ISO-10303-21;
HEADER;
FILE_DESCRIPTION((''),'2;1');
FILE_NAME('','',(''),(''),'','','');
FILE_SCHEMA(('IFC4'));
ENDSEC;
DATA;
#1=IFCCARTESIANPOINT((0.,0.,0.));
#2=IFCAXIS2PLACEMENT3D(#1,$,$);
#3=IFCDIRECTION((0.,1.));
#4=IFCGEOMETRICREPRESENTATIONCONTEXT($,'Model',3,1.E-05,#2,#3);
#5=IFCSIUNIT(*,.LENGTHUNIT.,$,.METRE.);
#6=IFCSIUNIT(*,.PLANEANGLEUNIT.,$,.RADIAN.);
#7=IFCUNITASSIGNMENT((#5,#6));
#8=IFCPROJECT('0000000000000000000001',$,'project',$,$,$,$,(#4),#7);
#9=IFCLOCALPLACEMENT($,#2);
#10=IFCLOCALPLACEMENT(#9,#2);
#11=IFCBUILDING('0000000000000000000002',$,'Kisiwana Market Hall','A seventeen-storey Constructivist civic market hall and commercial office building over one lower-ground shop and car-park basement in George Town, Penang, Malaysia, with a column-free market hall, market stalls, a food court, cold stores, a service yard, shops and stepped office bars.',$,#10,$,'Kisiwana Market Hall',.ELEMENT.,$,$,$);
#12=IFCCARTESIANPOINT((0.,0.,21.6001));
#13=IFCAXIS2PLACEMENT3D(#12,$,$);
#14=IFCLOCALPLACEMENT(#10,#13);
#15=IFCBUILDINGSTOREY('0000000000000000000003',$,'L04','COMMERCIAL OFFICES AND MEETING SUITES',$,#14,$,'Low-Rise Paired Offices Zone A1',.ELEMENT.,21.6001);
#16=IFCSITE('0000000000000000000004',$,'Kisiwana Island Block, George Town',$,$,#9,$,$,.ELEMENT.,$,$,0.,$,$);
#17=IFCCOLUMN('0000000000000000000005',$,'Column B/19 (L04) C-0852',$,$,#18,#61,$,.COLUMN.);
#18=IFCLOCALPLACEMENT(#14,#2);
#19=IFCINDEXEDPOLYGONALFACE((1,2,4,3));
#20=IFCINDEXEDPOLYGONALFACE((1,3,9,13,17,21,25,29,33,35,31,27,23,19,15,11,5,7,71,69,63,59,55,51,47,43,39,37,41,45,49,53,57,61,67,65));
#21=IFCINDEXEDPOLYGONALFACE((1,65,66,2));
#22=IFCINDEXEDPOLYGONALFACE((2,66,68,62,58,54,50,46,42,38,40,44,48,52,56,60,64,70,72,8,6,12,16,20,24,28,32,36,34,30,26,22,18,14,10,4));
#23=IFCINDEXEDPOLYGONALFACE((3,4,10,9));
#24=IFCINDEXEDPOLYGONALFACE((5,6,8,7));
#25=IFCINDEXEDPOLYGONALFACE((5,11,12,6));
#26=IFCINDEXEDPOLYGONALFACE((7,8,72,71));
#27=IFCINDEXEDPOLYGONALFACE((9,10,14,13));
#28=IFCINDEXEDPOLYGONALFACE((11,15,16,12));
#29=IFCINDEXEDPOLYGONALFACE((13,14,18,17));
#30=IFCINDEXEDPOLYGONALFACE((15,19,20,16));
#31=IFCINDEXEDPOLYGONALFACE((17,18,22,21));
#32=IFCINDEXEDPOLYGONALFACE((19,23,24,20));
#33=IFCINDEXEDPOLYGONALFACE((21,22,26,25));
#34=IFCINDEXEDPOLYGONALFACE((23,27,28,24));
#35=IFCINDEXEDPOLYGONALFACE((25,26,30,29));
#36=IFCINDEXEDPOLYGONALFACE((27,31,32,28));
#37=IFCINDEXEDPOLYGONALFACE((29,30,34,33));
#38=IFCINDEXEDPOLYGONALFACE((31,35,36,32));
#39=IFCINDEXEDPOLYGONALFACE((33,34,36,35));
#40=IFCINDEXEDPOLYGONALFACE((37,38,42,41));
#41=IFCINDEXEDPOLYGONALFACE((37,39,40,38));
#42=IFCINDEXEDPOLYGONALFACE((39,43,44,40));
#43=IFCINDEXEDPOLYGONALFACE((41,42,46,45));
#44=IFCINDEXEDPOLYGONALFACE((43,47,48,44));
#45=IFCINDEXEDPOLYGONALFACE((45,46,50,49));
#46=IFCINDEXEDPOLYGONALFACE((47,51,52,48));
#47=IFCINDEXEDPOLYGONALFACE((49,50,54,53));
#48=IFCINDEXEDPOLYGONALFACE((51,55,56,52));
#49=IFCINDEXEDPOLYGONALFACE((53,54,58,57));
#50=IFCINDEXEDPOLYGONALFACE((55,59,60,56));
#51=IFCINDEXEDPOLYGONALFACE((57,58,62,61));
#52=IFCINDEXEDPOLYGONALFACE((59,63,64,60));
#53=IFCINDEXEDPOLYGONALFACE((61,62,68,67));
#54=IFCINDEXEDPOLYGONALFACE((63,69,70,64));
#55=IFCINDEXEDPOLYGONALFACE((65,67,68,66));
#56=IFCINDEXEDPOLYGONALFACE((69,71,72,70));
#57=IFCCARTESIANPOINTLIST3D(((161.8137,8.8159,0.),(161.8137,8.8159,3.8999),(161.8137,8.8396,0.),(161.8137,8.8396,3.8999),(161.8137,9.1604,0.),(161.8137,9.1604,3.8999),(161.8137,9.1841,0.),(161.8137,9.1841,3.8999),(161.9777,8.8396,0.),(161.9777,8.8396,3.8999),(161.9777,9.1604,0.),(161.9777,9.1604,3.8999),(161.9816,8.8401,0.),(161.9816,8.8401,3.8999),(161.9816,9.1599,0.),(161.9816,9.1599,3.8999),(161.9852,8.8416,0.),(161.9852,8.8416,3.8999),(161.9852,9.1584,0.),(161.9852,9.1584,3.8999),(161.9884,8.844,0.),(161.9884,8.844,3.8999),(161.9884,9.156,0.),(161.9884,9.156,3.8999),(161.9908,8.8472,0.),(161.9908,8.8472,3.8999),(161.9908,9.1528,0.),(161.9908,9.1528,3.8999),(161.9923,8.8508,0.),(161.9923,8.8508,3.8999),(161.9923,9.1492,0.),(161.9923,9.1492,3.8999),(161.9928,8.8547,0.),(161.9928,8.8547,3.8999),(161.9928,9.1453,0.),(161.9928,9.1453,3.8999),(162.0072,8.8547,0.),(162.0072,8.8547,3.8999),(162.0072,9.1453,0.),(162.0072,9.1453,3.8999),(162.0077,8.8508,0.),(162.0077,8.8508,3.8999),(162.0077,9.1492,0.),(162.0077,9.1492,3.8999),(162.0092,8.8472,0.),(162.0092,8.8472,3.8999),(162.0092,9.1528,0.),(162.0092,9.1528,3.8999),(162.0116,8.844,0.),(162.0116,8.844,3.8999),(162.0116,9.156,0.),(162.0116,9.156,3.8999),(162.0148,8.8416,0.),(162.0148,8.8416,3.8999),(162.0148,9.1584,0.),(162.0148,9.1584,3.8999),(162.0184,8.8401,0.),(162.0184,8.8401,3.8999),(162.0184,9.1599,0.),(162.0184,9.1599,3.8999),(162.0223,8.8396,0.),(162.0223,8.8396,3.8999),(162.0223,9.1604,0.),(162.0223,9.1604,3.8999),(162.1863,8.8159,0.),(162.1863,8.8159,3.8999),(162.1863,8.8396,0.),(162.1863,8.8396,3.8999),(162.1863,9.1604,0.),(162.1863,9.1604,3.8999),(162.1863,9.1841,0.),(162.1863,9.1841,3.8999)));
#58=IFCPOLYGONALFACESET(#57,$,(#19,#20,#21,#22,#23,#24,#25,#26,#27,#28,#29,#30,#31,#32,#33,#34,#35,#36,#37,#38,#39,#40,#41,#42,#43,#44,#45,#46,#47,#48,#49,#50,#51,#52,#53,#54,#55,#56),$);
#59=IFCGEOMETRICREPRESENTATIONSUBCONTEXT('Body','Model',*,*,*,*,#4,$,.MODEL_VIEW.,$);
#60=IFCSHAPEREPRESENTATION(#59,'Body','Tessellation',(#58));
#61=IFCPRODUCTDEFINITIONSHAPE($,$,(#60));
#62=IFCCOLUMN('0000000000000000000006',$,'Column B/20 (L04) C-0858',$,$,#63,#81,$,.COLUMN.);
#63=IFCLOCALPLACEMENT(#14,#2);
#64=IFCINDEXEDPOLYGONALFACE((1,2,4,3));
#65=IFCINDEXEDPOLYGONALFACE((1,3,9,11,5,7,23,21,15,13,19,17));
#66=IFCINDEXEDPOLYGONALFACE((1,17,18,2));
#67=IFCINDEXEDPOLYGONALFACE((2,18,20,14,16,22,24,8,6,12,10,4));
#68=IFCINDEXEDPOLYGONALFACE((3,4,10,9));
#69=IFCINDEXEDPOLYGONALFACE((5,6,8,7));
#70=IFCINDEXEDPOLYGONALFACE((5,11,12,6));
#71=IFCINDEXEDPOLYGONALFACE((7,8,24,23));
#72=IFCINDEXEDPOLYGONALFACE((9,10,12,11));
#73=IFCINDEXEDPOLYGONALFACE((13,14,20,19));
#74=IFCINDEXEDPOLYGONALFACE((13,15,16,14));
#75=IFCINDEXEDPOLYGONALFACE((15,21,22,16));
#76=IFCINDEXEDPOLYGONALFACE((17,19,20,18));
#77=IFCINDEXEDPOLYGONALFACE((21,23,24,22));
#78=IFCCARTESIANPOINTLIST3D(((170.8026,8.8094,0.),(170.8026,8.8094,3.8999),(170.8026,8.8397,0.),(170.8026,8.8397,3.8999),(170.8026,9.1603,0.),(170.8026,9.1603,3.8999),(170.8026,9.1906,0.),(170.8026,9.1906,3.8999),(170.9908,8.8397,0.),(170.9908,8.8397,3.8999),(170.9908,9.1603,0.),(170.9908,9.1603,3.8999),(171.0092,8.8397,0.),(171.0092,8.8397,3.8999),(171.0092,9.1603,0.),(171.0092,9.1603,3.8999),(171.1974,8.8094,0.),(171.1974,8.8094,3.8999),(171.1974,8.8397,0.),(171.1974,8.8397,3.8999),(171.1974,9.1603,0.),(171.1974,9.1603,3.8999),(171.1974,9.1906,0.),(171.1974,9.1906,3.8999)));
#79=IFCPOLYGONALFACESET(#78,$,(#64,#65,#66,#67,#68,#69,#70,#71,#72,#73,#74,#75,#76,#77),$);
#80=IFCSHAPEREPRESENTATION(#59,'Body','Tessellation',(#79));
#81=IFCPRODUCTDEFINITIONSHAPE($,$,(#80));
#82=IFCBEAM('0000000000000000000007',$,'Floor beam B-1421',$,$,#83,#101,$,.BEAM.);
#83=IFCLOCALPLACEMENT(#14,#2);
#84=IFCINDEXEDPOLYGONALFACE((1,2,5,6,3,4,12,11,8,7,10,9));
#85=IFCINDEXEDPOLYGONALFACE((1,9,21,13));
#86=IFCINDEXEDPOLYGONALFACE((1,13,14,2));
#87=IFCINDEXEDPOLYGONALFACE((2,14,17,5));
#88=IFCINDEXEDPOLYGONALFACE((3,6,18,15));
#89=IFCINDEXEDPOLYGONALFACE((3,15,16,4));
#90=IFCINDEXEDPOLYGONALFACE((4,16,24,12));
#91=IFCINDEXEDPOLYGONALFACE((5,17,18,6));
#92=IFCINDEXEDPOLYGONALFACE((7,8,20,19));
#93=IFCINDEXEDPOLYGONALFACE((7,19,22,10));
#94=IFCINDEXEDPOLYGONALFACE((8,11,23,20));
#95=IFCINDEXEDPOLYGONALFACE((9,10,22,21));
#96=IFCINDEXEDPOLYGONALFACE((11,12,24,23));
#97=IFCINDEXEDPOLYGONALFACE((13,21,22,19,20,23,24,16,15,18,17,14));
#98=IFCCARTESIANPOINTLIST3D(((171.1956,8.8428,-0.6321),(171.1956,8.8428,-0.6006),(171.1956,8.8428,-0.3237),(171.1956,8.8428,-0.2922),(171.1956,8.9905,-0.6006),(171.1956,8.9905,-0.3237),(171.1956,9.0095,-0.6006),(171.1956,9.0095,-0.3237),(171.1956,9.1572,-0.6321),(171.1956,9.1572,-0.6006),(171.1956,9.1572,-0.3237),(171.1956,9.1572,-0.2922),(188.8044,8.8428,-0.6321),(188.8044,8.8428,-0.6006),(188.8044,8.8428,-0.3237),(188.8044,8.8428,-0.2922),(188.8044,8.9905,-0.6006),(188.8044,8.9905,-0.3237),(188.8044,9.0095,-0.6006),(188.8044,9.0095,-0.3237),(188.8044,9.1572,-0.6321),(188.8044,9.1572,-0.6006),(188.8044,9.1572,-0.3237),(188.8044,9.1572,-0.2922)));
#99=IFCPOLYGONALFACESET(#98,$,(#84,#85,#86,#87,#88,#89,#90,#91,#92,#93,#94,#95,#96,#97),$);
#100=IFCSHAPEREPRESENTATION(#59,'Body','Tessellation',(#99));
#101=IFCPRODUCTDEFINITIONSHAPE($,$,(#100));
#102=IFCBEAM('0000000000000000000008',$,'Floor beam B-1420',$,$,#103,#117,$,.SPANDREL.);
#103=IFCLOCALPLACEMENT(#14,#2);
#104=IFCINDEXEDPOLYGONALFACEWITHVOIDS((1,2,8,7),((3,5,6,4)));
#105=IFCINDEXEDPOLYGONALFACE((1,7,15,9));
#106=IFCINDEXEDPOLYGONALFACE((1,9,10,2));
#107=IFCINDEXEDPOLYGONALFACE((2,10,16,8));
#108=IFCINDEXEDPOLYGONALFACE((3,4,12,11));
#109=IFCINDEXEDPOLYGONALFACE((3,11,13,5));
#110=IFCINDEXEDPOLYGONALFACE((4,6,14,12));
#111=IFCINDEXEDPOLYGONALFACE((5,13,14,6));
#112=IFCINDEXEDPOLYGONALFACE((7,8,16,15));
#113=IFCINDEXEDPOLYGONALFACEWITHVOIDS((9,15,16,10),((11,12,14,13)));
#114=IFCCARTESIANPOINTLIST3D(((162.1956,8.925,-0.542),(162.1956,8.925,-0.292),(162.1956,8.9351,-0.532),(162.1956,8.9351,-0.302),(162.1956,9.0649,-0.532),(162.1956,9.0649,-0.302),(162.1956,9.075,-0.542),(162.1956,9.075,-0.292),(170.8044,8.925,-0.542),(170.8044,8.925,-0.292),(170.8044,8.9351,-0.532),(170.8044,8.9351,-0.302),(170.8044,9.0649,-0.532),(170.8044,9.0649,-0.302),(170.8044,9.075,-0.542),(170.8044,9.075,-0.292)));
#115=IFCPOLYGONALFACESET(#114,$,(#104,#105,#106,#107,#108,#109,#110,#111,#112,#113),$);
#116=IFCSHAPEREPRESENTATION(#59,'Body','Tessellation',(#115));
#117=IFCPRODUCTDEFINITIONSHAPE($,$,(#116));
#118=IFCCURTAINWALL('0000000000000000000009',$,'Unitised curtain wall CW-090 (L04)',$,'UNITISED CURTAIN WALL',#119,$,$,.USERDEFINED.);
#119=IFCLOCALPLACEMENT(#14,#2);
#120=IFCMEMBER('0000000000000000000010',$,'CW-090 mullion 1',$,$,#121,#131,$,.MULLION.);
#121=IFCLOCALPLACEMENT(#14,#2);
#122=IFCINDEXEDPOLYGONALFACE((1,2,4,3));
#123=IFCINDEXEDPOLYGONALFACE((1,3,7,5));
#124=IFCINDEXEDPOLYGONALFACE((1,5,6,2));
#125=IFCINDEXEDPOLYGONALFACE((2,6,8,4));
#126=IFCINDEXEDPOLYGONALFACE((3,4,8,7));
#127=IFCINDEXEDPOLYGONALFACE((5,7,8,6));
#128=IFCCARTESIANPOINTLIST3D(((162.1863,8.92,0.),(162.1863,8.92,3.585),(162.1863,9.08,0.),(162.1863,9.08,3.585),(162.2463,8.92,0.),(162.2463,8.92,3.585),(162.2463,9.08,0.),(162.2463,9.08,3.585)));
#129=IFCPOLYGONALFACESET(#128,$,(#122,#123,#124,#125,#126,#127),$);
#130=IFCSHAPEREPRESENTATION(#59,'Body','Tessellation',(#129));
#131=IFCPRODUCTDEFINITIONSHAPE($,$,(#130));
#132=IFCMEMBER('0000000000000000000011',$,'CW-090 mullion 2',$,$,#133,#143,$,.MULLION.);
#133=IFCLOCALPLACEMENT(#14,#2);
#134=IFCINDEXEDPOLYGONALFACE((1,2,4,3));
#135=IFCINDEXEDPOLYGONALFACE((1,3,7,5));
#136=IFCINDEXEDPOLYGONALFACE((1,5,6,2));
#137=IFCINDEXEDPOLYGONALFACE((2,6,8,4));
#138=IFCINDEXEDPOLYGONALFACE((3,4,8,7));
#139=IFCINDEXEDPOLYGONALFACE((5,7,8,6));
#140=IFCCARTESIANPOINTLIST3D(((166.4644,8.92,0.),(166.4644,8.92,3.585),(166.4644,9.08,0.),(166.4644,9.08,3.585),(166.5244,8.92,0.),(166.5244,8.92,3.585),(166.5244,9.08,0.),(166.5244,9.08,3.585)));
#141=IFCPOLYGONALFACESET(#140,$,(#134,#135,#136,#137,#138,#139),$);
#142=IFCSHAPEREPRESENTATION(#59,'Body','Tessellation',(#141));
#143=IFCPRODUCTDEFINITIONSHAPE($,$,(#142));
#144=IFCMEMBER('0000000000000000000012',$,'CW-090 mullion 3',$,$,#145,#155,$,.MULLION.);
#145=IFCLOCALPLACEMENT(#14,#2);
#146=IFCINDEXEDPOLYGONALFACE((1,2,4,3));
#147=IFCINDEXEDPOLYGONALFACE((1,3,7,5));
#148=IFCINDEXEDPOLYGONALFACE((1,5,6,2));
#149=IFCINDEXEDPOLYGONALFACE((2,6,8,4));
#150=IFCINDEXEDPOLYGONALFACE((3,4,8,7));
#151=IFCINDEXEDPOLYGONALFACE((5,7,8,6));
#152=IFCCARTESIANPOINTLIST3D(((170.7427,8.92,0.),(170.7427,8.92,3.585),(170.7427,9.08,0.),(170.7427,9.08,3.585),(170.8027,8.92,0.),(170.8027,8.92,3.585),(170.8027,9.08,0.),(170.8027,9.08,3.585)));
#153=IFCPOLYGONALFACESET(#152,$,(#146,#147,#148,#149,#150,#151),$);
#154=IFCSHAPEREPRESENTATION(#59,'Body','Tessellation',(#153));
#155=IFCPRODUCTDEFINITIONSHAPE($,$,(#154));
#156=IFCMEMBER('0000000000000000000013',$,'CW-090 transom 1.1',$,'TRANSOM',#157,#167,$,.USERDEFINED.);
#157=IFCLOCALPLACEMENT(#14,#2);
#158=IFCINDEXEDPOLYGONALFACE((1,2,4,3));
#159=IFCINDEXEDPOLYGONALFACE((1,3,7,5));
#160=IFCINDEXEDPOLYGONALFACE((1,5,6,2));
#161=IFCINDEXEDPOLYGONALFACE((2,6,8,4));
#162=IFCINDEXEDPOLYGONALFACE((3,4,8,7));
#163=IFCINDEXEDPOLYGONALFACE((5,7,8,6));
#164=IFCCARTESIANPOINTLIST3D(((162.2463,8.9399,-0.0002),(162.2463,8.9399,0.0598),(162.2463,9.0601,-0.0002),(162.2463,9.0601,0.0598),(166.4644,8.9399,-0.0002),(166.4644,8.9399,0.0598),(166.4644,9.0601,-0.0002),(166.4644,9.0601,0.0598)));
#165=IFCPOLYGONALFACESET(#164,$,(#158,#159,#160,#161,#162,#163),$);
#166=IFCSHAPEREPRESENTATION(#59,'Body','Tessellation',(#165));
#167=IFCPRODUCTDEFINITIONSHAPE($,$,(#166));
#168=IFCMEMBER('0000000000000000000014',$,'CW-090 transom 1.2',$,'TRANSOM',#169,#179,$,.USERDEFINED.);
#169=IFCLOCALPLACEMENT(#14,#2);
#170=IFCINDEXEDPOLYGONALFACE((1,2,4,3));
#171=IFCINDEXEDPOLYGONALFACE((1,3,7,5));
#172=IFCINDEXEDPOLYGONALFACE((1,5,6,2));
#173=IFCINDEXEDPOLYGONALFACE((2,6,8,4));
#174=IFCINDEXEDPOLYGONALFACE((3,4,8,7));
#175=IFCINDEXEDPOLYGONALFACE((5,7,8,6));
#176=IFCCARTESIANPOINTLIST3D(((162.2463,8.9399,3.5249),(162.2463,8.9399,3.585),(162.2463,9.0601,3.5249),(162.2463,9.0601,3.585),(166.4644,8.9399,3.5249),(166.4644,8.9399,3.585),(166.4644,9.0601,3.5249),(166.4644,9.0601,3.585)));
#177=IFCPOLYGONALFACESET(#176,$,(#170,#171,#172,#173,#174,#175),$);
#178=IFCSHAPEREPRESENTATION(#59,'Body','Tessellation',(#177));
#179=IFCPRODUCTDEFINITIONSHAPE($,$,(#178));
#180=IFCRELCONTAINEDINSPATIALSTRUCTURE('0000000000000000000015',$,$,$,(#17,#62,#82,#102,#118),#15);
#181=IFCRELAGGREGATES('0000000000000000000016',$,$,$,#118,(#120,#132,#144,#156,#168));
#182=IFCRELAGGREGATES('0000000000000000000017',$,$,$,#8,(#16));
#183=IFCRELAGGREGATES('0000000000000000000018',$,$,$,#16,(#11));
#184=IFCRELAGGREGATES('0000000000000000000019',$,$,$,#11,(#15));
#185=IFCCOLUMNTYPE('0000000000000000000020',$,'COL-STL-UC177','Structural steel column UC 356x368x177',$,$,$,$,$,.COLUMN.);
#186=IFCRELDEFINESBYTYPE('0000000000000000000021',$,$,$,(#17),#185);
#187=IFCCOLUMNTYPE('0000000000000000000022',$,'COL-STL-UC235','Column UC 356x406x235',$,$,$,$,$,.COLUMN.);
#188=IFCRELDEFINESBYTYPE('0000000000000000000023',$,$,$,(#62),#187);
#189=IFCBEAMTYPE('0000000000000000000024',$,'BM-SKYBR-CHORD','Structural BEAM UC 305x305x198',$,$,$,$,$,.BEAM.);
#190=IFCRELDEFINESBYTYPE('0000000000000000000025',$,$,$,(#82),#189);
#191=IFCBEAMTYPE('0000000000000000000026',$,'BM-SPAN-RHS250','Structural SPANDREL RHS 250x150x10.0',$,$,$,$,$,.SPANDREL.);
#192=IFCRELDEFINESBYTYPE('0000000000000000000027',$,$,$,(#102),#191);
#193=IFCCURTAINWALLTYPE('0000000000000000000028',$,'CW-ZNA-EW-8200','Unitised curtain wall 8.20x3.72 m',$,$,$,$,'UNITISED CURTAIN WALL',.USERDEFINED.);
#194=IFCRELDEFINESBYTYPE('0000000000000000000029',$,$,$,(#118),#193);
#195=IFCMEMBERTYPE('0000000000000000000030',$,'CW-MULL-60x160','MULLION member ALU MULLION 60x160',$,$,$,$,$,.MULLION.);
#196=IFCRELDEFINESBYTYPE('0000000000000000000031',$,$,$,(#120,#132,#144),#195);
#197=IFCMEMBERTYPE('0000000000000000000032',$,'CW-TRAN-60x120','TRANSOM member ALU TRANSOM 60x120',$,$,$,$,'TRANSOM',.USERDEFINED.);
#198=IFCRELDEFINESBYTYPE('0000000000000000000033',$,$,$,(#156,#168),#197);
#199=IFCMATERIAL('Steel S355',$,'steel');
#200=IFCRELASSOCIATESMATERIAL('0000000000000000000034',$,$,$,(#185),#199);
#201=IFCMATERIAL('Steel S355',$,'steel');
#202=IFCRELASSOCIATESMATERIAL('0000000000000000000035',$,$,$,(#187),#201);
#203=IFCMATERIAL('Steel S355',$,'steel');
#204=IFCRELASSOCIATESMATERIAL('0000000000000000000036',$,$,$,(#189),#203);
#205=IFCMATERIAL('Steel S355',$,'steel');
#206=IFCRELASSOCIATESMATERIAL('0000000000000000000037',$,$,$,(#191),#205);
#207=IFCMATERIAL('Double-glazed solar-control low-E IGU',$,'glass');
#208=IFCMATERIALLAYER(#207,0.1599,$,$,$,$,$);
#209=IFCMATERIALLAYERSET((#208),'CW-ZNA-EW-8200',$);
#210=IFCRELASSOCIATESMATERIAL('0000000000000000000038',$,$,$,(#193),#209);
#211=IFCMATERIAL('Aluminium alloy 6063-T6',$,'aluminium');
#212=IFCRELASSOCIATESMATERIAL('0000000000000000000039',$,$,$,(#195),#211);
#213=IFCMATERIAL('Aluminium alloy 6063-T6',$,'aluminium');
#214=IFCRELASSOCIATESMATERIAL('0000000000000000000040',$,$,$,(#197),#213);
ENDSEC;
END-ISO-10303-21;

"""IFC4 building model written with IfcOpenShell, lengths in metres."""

from ifc_helpers import new_model, si_unit, direction, frame, origin, origin_2d, place, context, subcontext, project, spatial, rectangle, hollow_rectangle, i_section, extrude, material, layer, layer_set, material_profile, profile_set, type_object, element, aggregate, save


model = new_model("IFC4")

# Units and contexts
model_context = context("Model", 3, precision=1e-05, world=origin(), true_north=direction((0.0, 1.0)))
body_context = subcontext(model_context, "Body", "Model", "MODEL_VIEW")
ifc_project = project(units=[si_unit("LENGTHUNIT", "METRE"), si_unit("PLANEANGLEUNIT", "RADIAN")], contexts=[model_context])

# Site, building, storey
site_placement = place(None, origin())
site = spatial("IfcSite", under=ifc_project, at=site_placement, Name="Kisiwana Island Block, George Town", CompositionType="ELEMENT", RefElevation=0.0)
building_placement = place(site_placement, origin())
building = spatial("IfcBuilding", under=site, at=building_placement, Name="Kisiwana Market Hall", Description="A seventeen-storey Constructivist civic market hall and commercial office building over one lower-ground shop and car-park basement in George Town, Penang, Malaysia, with a column-free market hall, market stalls, a food court, cold stores, a service yard, shops and stepped office bars.", LongName="Kisiwana Market Hall", CompositionType="ELEMENT")
storey_placement = place(building_placement, frame((0.0, 0.0, 21.6001)))
storey = spatial("IfcBuildingStorey", under=building, at=storey_placement, Name="L04", Description="COMMERCIAL OFFICES AND MEETING SUITES", LongName="Low-Rise Paired Offices Zone A1", CompositionType="ELEMENT", Elevation=21.6001)

# Columns
ifc_material_1 = material(Name="Steel S355", Category="steel")
ifc_material_profile_1 = material_profile(ifc_material_1, i_section(OverallWidth=0.3726, OverallDepth=0.3682, WebThickness=0.0144, FlangeThickness=0.0237, FilletRadius=0.0151, at=origin_2d()), Name="UC 356x368x177")
ifc_profile_set_1 = profile_set([ifc_material_profile_1], Name="Steel S355")
column_type_1 = type_object("IfcColumnType", Name="COL-STL-UC177", Description="Structural steel column UC 356x368x177", PredefinedType="COLUMN", material=ifc_profile_set_1)
column_1_placement = place(storey_placement, frame((162.0, 9.0, 0.0), z_axis=(0.0, 0.0, 1.0), x_axis=(1.0, 0.0, 0.0)))
element("IfcColumn", 1, at=column_1_placement, inside=storey, type_object=column_type_1, Name="Column B/19 (L04) C-0852", PredefinedType="COLUMN", context=body_context, shape_type="SweptSolid", body=[
    extrude(i_section(OverallWidth=0.3726, OverallDepth=0.3682, WebThickness=0.0144, FlangeThickness=0.0237, FilletRadius=0.0151, at=origin_2d()), origin(), (0.0, 0.0, 1.0), 3.8999),
])
ifc_material_2 = material(Name="Steel S355", Category="steel")
ifc_material_profile_2 = material_profile(ifc_material_2, i_section(OverallWidth=0.3948, OverallDepth=0.3811, WebThickness=0.0183, FlangeThickness=0.0303, at=origin_2d()), Name="UC 356x406x235")
ifc_profile_set_2 = profile_set([ifc_material_profile_2], Name="Steel S355")
column_type_2 = type_object("IfcColumnType", Name="COL-STL-UC235", Description="Column UC 356x406x235", PredefinedType="COLUMN", material=ifc_profile_set_2)
column_2_placement = place(storey_placement, frame((171.0, 9.0, 0.0), z_axis=(0.0, 0.0, 1.0), x_axis=(1.0, 0.0, 0.0)))
element("IfcColumn", 2, at=column_2_placement, inside=storey, type_object=column_type_2, Name="Column B/20 (L04) C-0858", PredefinedType="COLUMN", context=body_context, shape_type="SweptSolid", body=[
    extrude(i_section(OverallWidth=0.3948, OverallDepth=0.3811, WebThickness=0.0183, FlangeThickness=0.0303, at=origin_2d()), origin(), (0.0, 0.0, 1.0), 3.8999),
])

# Beams
ifc_material_3 = material(Name="Steel S355", Category="steel")
ifc_material_profile_3 = material_profile(ifc_material_3, i_section(OverallWidth=0.3145, OverallDepth=0.3398, WebThickness=0.019, FlangeThickness=0.0315, at=origin_2d()), Name="UC 305x305x198")
ifc_profile_set_3 = profile_set([ifc_material_profile_3], Name="Steel S355")
beam_type_1 = type_object("IfcBeamType", Name="BM-SKYBR-CHORD", Description="Structural BEAM UC 305x305x198", PredefinedType="BEAM", material=ifc_profile_set_3)
beam_1_placement = place(storey_placement, frame((171.1956, 9.0, -0.4622), z_axis=(1.0, 0.0, 0.0), x_axis=(0.0, 1.0, 0.0)))
element("IfcBeam", 3, at=beam_1_placement, inside=storey, type_object=beam_type_1, Name="Floor beam B-1421", PredefinedType="BEAM", context=body_context, shape_type="SweptSolid", body=[
    extrude(i_section(OverallWidth=0.3145, OverallDepth=0.3398, WebThickness=0.019, FlangeThickness=0.0315, at=origin_2d()), origin(), (0.0, 0.0, 1.0), 17.6089),
])
ifc_material_4 = material(Name="Steel S355", Category="steel")
ifc_material_profile_4 = material_profile(ifc_material_4, hollow_rectangle(XDim=0.1499, YDim=0.25, WallThickness=0.01, at=origin_2d()), Name="RHS 250x150x10.0")
ifc_profile_set_4 = profile_set([ifc_material_profile_4], Name="Steel S355")
beam_type_2 = type_object("IfcBeamType", Name="BM-SPAN-RHS250", Description="Structural SPANDREL RHS 250x150x10.0", PredefinedType="SPANDREL", material=ifc_profile_set_4)
beam_2_placement = place(storey_placement, frame((162.1956, 9.0, -0.417), z_axis=(1.0, 0.0, 0.0), x_axis=(0.0, 1.0, 0.0)))
element("IfcBeam", 4, at=beam_2_placement, inside=storey, type_object=beam_type_2, Name="Floor beam B-1420", PredefinedType="SPANDREL", context=body_context, shape_type="SweptSolid", body=[
    extrude(hollow_rectangle(XDim=0.1499, YDim=0.25, WallThickness=0.01, at=origin_2d()), origin(), (0.0, 0.0, 1.0), 8.6089),
])

# Curtain wall, members
ifc_material_5 = material(Name="Double-glazed solar-control low-E IGU", Category="glass")
ifc_layer_1 = layer(ifc_material_5, 0.1599)
ifc_layer_set_1 = layer_set([ifc_layer_1], Name="CW-ZNA-EW-8200")
curtain_wall_type = type_object("IfcCurtainWallType", Name="CW-ZNA-EW-8200", Description="Unitised curtain wall 8.20x3.72 m", ElementType="UNITISED CURTAIN WALL", PredefinedType="USERDEFINED", material=ifc_layer_set_1)
curtain_wall_placement = place(storey_placement, origin())
curtain_wall = element("IfcCurtainWall", 5, at=curtain_wall_placement, inside=storey, type_object=curtain_wall_type, Name="Unitised curtain wall CW-090 (L04)", ObjectType="UNITISED CURTAIN WALL", PredefinedType="USERDEFINED")
ifc_material_6 = material(Name="Aluminium alloy 6063-T6", Category="aluminium")
ifc_material_profile_5 = material_profile(ifc_material_6, rectangle(XDim=0.0601, YDim=0.1599, at=origin_2d()), Name="ALU MULLION 60x160")
ifc_profile_set_5 = profile_set([ifc_material_profile_5], Name="Aluminium alloy 6063-T6")
member_type_1 = type_object("IfcMemberType", Name="CW-MULL-60x160", Description="MULLION member ALU MULLION 60x160", PredefinedType="MULLION", material=ifc_profile_set_5)
member_1_placement = place(storey_placement, frame((162.2163, 9.0, 0.0), z_axis=(0.0, 0.0, 1.0), x_axis=(1.0, 0.0, 0.0)))
member_1 = element("IfcMember", 6, at=member_1_placement, type_object=member_type_1, Name="CW-090 mullion 1", PredefinedType="MULLION", context=body_context, shape_type="SweptSolid", body=[
    extrude(rectangle(XDim=0.0601, YDim=0.1599, at=origin_2d()), origin(), (0.0, 0.0, 1.0), 3.585),
])
member_2_placement = place(storey_placement, frame((166.4944, 9.0, 0.0), z_axis=(0.0, 0.0, 1.0), x_axis=(1.0, 0.0, 0.0)))
member_2 = element("IfcMember", 7, at=member_2_placement, type_object=member_type_1, Name="CW-090 mullion 2", PredefinedType="MULLION", context=body_context, shape_type="SweptSolid", body=[
    extrude(rectangle(XDim=0.0601, YDim=0.1599, at=origin_2d()), origin(), (0.0, 0.0, 1.0), 3.585),
])
member_3_placement = place(storey_placement, frame((170.7727, 9.0, 0.0), z_axis=(0.0, 0.0, 1.0), x_axis=(1.0, 0.0, 0.0)))
member_3 = element("IfcMember", 8, at=member_3_placement, type_object=member_type_1, Name="CW-090 mullion 3", PredefinedType="MULLION", context=body_context, shape_type="SweptSolid", body=[
    extrude(rectangle(XDim=0.0601, YDim=0.1599, at=origin_2d()), origin(), (0.0, 0.0, 1.0), 3.585),
])
ifc_material_7 = material(Name="Aluminium alloy 6063-T6", Category="aluminium")
ifc_material_profile_6 = material_profile(ifc_material_7, rectangle(XDim=0.1201, YDim=0.0601, at=origin_2d()), Name="ALU TRANSOM 60x120")
ifc_profile_set_6 = profile_set([ifc_material_profile_6], Name="Aluminium alloy 6063-T6")
member_type_2 = type_object("IfcMemberType", Name="CW-TRAN-60x120", Description="TRANSOM member ALU TRANSOM 60x120", ElementType="TRANSOM", PredefinedType="USERDEFINED", material=ifc_profile_set_6)
member_4_placement = place(storey_placement, frame((162.2463, 9.0, 0.0298), z_axis=(1.0, 0.0, 0.0), x_axis=(0.0, 1.0, 0.0)))
member_4 = element("IfcMember", 9, at=member_4_placement, type_object=member_type_2, Name="CW-090 transom 1.1", ObjectType="TRANSOM", PredefinedType="USERDEFINED", context=body_context, shape_type="SweptSolid", body=[
    extrude(rectangle(XDim=0.1201, YDim=0.0601, at=origin_2d()), origin(), (0.0, 0.0, 1.0), 4.218),
])
member_5_placement = place(storey_placement, frame((162.2463, 9.0, 3.5549), z_axis=(1.0, 0.0, 0.0), x_axis=(0.0, 1.0, 0.0)))
member_5 = element("IfcMember", 10, at=member_5_placement, type_object=member_type_2, Name="CW-090 transom 1.2", ObjectType="TRANSOM", PredefinedType="USERDEFINED", context=body_context, shape_type="SweptSolid", body=[
    extrude(rectangle(XDim=0.1201, YDim=0.0601, at=origin_2d()), origin(), (0.0, 0.0, 1.0), 4.218),
])
aggregate(curtain_wall, [member_1, member_2, member_3, member_4, member_5])

save(model, "model.ifc")
